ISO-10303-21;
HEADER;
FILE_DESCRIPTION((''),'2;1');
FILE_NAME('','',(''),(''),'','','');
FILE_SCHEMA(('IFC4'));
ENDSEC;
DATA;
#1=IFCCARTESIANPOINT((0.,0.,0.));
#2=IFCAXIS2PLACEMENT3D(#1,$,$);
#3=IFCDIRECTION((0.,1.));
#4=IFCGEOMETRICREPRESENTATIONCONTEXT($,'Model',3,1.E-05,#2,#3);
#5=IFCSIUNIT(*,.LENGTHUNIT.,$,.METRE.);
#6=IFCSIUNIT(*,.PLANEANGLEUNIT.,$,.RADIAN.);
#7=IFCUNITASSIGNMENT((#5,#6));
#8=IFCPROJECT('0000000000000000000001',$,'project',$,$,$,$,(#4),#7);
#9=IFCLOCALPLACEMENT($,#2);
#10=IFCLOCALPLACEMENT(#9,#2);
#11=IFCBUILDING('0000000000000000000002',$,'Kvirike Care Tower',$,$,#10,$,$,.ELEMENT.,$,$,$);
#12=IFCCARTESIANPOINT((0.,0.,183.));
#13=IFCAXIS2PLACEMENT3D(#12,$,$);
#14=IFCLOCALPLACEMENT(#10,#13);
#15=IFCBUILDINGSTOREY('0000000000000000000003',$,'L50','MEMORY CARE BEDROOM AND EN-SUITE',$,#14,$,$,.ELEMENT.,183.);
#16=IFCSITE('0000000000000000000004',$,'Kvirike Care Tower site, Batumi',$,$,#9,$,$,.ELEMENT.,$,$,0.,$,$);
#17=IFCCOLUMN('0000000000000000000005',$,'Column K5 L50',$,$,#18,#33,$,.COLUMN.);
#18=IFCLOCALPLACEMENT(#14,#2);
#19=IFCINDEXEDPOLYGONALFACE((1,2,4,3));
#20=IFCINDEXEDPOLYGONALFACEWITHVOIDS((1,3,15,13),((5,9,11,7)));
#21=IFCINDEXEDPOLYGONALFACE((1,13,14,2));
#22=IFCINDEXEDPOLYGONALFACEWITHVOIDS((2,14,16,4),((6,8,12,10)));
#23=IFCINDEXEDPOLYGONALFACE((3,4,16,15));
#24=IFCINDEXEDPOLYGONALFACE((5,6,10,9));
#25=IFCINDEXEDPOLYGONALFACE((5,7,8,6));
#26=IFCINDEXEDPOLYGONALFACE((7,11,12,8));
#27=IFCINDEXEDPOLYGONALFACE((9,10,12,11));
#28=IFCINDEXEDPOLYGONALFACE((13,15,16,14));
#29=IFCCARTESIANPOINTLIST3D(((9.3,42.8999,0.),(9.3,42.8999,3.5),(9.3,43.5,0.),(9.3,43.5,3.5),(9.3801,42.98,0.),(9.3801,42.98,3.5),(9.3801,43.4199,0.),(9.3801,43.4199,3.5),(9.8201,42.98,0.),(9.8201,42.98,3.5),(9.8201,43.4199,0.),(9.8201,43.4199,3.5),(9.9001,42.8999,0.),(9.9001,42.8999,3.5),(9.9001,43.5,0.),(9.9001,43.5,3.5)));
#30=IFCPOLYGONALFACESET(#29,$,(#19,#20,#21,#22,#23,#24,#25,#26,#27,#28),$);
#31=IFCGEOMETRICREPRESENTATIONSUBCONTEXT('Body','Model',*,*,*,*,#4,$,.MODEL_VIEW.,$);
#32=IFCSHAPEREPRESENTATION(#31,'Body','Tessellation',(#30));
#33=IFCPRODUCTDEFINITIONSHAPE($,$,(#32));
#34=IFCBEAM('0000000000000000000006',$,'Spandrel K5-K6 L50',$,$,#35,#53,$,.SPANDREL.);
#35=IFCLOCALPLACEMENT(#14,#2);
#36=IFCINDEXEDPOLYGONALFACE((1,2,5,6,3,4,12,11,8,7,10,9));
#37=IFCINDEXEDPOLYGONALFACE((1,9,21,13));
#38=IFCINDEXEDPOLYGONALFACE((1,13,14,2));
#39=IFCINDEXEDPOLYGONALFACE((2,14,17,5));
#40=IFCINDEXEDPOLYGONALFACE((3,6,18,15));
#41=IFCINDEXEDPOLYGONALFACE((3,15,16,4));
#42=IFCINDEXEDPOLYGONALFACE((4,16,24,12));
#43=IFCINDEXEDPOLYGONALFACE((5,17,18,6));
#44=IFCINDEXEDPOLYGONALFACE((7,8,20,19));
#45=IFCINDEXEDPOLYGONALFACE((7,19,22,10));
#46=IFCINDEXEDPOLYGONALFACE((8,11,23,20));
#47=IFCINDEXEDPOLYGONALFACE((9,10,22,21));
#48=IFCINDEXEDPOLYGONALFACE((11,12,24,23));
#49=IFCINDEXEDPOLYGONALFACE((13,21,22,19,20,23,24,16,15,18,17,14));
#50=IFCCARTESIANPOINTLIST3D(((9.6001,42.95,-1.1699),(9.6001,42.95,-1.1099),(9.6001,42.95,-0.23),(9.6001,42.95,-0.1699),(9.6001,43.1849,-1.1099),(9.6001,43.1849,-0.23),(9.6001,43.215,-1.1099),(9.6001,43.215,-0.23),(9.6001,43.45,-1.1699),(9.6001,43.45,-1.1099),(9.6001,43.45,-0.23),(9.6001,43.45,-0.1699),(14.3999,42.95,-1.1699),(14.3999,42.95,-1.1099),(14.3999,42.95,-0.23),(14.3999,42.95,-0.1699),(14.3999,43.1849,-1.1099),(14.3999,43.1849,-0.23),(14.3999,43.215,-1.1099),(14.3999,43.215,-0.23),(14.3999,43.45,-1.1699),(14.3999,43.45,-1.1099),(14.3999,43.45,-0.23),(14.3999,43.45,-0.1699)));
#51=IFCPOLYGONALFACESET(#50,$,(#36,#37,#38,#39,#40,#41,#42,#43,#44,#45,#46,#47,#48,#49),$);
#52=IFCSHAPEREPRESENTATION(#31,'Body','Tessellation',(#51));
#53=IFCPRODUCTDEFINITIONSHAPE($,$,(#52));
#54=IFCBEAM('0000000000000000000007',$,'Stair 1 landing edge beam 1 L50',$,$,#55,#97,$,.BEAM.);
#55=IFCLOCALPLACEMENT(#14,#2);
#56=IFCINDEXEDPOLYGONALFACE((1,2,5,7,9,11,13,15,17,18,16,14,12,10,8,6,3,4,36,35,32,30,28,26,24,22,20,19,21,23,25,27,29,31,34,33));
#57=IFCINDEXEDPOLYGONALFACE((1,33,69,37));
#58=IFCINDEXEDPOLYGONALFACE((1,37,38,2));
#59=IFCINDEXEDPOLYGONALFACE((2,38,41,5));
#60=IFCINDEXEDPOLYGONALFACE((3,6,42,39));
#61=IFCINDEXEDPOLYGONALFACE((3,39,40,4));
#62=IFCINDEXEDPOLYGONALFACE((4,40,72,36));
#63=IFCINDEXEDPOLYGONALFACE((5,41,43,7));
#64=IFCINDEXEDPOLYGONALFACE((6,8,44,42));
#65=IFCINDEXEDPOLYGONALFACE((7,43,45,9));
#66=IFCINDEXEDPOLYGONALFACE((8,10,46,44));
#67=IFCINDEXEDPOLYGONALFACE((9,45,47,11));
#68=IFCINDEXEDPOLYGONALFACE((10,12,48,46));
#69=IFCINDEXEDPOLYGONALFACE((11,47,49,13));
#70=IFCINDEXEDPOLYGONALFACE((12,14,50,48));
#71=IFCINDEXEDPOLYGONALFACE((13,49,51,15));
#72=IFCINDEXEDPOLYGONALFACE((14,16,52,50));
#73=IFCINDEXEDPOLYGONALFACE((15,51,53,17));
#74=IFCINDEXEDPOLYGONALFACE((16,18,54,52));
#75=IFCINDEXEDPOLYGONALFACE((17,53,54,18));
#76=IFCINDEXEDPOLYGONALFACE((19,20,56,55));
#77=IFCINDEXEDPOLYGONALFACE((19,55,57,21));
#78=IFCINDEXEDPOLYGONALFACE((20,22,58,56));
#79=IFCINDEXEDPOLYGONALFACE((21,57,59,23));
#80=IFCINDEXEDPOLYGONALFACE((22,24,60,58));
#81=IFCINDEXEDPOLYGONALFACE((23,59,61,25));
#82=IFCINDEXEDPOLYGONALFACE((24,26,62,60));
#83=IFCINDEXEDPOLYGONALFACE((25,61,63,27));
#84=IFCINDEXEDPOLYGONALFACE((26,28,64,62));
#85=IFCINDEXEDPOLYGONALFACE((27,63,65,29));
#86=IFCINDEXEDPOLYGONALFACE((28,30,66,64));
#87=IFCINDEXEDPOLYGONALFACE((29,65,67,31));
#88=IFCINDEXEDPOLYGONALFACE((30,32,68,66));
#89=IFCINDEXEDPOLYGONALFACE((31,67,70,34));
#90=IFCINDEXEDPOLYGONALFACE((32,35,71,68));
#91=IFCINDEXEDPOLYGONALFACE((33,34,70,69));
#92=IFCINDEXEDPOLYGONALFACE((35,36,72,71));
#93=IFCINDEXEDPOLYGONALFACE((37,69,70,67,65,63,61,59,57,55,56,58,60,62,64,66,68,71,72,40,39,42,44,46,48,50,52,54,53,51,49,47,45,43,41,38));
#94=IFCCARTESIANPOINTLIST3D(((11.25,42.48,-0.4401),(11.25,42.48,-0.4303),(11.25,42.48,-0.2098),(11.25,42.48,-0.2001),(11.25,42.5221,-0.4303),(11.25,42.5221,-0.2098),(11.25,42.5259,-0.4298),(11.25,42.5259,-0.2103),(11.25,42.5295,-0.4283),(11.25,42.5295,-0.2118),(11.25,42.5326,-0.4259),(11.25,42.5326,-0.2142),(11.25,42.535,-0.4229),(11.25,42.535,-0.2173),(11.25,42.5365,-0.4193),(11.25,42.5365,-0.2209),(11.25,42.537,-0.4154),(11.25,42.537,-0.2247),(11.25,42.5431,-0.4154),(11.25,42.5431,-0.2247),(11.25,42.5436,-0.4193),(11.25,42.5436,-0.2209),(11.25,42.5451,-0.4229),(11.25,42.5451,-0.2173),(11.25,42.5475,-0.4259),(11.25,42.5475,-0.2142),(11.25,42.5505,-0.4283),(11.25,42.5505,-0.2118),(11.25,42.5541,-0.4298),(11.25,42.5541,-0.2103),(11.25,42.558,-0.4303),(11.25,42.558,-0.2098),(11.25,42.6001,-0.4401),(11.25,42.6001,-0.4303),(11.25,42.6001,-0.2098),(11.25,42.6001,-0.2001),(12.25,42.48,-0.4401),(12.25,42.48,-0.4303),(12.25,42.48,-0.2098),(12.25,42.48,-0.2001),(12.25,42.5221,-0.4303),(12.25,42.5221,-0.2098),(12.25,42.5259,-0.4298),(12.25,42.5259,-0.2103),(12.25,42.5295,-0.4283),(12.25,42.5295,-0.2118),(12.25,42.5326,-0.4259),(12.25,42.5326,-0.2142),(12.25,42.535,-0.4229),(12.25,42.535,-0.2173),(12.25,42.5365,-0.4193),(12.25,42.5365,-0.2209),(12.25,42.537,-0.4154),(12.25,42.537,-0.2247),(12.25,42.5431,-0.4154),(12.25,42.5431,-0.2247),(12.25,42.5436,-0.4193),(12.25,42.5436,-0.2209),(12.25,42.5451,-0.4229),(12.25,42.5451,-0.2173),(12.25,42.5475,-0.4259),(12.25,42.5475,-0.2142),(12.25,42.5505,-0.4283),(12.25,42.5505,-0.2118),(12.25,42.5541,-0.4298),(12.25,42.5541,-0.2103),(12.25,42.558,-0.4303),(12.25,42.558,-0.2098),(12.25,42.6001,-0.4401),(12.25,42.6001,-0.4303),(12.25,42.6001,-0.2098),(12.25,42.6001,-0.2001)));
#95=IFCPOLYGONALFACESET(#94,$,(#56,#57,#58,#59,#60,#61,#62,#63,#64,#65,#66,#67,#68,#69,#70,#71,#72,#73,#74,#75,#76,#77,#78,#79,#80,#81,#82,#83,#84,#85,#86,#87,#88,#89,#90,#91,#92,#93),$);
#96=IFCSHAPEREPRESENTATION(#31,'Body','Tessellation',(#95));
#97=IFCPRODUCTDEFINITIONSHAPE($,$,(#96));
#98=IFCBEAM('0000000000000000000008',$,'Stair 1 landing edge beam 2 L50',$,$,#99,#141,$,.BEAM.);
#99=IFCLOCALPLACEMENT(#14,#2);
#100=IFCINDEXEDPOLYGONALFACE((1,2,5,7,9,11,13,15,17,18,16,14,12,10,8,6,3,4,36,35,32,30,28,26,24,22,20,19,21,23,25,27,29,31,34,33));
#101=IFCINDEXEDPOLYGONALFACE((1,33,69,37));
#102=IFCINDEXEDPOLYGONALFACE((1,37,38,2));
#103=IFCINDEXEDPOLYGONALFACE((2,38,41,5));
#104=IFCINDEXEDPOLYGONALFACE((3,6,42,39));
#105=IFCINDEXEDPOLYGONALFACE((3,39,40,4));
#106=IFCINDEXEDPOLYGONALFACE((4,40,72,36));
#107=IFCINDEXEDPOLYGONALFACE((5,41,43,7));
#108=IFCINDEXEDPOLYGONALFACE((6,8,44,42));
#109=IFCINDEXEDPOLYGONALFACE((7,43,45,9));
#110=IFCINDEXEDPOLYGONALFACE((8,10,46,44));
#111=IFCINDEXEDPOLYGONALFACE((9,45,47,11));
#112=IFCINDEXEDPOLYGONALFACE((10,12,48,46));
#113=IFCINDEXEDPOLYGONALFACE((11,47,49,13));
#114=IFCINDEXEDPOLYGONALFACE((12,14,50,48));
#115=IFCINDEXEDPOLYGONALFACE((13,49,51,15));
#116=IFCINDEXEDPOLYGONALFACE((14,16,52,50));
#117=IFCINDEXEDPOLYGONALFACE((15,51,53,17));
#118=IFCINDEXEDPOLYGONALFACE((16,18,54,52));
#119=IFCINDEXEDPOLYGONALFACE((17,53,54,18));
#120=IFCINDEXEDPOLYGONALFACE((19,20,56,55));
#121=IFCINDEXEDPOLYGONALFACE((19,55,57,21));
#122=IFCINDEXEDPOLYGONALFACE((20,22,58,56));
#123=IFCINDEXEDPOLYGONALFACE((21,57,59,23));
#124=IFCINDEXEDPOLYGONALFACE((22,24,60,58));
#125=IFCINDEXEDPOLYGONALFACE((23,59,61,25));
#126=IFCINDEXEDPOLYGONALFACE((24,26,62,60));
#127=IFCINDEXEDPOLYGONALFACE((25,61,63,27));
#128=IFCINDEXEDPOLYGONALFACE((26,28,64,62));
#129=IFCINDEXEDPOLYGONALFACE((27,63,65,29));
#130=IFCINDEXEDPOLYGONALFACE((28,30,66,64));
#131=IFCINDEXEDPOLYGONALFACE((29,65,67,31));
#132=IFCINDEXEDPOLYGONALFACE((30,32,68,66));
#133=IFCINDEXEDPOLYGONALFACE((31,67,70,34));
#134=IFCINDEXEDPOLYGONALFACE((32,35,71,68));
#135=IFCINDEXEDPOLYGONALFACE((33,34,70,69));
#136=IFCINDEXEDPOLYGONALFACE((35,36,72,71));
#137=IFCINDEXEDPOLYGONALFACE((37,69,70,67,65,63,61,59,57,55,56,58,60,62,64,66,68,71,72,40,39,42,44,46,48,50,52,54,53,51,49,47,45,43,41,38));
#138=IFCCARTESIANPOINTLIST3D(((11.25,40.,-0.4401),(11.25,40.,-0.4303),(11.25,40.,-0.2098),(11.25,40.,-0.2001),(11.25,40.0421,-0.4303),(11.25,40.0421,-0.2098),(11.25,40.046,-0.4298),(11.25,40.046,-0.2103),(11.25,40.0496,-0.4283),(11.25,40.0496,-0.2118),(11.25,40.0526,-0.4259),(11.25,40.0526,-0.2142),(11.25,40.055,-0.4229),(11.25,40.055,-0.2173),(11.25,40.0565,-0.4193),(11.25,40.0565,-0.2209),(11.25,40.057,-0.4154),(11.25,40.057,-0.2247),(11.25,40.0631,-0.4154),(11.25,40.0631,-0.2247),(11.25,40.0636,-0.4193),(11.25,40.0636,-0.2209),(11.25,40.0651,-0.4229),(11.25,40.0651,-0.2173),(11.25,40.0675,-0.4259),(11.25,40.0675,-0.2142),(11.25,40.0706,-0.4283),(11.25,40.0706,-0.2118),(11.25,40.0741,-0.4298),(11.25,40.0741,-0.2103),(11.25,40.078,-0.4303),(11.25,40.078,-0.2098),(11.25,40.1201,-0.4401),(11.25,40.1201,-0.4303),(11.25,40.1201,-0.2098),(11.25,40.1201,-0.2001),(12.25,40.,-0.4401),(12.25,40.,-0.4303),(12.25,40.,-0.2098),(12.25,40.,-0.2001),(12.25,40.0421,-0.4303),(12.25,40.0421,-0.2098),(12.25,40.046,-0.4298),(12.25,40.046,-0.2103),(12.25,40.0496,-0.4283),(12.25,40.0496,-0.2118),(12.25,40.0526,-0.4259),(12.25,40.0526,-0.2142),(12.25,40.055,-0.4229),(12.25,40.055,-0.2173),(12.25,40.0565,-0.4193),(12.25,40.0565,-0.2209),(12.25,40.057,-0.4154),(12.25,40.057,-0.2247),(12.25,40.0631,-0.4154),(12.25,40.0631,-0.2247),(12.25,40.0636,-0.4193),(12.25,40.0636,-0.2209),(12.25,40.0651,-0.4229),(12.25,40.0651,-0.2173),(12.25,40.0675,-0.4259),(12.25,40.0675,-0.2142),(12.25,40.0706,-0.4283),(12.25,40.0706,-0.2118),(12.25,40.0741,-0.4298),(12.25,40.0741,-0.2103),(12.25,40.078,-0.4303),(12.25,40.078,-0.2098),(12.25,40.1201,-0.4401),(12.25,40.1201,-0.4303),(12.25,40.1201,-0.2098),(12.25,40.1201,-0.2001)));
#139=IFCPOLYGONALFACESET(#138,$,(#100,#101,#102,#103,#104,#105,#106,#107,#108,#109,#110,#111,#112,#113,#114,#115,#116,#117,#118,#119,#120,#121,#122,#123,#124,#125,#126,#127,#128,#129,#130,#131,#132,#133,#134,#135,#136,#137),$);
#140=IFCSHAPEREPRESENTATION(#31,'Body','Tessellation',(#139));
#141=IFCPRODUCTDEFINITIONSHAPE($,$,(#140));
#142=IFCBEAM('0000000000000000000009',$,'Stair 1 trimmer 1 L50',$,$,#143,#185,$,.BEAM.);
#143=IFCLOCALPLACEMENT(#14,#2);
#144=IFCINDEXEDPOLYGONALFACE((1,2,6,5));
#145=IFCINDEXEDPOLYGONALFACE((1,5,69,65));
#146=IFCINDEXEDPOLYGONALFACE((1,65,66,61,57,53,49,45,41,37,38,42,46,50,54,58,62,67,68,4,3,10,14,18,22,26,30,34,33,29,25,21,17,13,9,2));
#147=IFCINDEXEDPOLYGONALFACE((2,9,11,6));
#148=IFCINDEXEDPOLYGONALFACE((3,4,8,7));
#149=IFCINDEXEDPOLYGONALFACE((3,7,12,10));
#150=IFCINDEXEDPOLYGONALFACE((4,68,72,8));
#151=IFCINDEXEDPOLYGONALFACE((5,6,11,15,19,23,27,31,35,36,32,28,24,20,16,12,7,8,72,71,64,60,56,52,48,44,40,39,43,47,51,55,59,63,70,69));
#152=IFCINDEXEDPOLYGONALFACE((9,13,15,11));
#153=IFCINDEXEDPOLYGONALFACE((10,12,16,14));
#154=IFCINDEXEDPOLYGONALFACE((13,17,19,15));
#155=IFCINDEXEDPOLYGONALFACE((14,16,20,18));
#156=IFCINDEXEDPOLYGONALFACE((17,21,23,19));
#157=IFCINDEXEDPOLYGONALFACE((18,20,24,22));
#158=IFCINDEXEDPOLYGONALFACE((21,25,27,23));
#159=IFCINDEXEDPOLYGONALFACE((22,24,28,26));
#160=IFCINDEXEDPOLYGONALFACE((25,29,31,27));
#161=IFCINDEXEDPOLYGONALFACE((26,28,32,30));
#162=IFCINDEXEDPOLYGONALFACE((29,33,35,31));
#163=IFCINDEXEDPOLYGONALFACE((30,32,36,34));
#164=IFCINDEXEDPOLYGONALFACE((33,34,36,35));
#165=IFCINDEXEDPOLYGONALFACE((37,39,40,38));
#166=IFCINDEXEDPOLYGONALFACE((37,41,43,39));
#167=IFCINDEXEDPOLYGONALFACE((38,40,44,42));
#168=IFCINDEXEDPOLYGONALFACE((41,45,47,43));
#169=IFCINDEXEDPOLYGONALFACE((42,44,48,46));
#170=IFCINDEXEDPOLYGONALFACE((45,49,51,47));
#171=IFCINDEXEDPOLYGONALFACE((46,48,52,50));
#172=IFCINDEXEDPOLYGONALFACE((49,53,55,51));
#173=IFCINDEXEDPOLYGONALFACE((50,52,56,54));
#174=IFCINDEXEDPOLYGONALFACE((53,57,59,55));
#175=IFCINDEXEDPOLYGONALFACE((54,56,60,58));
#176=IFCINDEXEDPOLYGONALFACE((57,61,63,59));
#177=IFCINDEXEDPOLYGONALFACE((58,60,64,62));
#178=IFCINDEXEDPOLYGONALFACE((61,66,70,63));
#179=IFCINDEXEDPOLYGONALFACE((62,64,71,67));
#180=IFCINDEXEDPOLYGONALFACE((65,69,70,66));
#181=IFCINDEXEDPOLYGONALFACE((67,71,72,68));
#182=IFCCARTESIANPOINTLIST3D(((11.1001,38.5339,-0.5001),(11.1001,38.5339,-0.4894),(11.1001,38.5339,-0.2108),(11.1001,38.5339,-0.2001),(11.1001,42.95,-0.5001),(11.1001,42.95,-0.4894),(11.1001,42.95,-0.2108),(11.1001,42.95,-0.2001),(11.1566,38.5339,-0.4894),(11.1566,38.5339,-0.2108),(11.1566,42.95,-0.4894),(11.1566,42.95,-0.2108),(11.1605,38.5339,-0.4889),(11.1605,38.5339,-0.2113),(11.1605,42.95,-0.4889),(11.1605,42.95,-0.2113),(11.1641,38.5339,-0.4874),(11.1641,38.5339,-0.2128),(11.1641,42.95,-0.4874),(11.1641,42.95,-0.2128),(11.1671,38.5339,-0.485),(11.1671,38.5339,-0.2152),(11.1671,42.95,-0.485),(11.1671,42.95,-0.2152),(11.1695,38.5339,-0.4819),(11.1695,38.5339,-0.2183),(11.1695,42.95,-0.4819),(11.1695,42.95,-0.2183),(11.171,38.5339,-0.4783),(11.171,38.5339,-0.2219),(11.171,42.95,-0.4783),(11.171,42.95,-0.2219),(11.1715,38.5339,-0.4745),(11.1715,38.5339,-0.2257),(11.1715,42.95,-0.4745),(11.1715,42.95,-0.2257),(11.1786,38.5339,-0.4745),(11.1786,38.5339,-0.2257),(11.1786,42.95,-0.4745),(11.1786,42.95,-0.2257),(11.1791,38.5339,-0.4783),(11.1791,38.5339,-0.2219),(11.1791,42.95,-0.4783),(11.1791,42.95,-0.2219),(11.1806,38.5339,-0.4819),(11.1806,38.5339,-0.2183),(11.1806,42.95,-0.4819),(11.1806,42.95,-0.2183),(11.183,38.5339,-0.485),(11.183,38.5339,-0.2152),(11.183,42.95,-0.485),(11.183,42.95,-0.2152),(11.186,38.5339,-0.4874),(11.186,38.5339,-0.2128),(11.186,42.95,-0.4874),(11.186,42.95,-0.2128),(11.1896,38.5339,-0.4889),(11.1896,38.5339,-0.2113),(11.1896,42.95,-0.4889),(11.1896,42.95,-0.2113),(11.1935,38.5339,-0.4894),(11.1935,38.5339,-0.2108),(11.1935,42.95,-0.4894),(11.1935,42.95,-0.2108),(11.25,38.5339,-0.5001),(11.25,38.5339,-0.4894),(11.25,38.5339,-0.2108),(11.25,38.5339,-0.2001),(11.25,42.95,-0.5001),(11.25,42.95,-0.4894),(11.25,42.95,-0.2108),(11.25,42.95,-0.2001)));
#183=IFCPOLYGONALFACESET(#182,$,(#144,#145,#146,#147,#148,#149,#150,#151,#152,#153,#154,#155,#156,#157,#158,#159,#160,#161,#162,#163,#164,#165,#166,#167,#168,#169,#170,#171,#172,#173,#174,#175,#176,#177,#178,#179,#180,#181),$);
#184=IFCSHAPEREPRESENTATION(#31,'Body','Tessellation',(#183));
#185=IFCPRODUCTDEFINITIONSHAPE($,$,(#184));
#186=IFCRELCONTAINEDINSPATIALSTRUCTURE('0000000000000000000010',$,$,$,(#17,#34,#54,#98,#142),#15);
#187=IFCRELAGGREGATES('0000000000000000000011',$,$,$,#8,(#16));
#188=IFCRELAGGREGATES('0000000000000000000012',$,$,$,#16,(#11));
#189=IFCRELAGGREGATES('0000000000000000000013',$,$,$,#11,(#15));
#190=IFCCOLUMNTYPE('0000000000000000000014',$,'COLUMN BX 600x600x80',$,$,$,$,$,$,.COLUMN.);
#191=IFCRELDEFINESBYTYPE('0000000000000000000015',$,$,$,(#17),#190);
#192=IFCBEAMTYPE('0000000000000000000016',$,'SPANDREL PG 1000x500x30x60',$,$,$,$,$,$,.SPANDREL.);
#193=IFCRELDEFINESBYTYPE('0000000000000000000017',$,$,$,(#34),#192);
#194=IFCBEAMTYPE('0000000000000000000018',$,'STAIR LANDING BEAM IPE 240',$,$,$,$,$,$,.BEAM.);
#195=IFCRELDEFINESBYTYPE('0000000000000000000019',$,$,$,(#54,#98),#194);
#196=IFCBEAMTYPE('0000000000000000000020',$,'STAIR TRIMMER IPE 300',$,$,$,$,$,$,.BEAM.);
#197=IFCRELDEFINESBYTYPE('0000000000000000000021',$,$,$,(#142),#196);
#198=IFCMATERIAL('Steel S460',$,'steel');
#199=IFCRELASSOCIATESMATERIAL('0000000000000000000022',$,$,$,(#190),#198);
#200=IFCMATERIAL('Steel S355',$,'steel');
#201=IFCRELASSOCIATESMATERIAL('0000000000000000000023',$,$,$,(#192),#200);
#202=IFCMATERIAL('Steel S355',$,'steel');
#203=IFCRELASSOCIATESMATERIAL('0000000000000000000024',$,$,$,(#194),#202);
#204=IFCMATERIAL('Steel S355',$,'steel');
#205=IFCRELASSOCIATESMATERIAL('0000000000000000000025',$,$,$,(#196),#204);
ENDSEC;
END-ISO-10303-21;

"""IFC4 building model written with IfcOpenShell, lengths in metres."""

from ifc_helpers import new_model, si_unit, direction, frame, origin, origin_2d, place, context, subcontext, project, spatial, hollow_rectangle, i_section, extrude, material, material_profile, profile_set, type_object, element, save


model = new_model("IFC4")

# Units and contexts
model_context = context("Model", 3, precision=1e-05, world=origin(), true_north=direction((0.0, 1.0)))
body_context = subcontext(model_context, "Body", "Model", "MODEL_VIEW")
ifc_project = project(units=[si_unit("LENGTHUNIT", "METRE"), si_unit("PLANEANGLEUNIT", "RADIAN")], contexts=[model_context])

# Site, building, storey
site_placement = place(None, origin())
site = spatial("IfcSite", under=ifc_project, at=site_placement, Name="Kvirike Care Tower site, Batumi", CompositionType="ELEMENT", RefElevation=0.0)
building_placement = place(site_placement, origin())
building = spatial("IfcBuilding", under=site, at=building_placement, Name="Kvirike Care Tower", CompositionType="ELEMENT")
storey_placement = place(building_placement, frame((0.0, 0.0, 183.0)))
storey = spatial("IfcBuildingStorey", under=building, at=storey_placement, Name="L50", Description="MEMORY CARE BEDROOM AND EN-SUITE", CompositionType="ELEMENT", Elevation=183.0)

# Column
ifc_material_1 = material(Name="Steel S460", Category="steel")
ifc_material_profile_1 = material_profile(ifc_material_1, hollow_rectangle(XDim=0.6001, YDim=0.6001, WallThickness=0.0801, at=origin_2d()), Name="BX 600x600x80")
ifc_profile_set_1 = profile_set([ifc_material_profile_1], Name="Steel S460")
column_type = type_object("IfcColumnType", Name="COLUMN BX 600x600x80", PredefinedType="COLUMN", material=ifc_profile_set_1)
column_placement = place(storey_placement, frame((9.6001, 43.2, 0.0), z_axis=(0.0, 0.0, 1.0), x_axis=(0.0, 1.0, 0.0)))
element("IfcColumn", 1, at=column_placement, inside=storey, type_object=column_type, Name="Column K5 L50", PredefinedType="COLUMN", context=body_context, shape_type="SweptSolid", body=[
    extrude(hollow_rectangle(XDim=0.6001, YDim=0.6001, WallThickness=0.0801, at=origin_2d()), origin(), (0.0, 0.0, 1.0), 3.5),
])

# Beams
ifc_material_2 = material(Name="Steel S355", Category="steel")
ifc_material_profile_2 = material_profile(ifc_material_2, i_section(OverallWidth=0.5, OverallDepth=1.0, WebThickness=0.03, FlangeThickness=0.0601, at=origin_2d()), Name="PG 1000x500x30x60")
ifc_profile_set_2 = profile_set([ifc_material_profile_2], Name="Steel S355")
beam_type_1 = type_object("IfcBeamType", Name="SPANDREL PG 1000x500x30x60", PredefinedType="SPANDREL", material=ifc_profile_set_2)
beam_placement = place(storey_placement, frame((9.6001, 43.2, -0.6699), z_axis=(1.0, 0.0, 0.0), x_axis=(0.0, 1.0, 0.0)))
element("IfcBeam", 2, at=beam_placement, inside=storey, type_object=beam_type_1, Name="Spandrel K5-K6 L50", PredefinedType="SPANDREL", context=body_context, shape_type="SweptSolid", body=[
    extrude(i_section(OverallWidth=0.5, OverallDepth=1.0, WebThickness=0.03, FlangeThickness=0.0601, at=origin_2d()), origin(), (0.0, 0.0, 1.0), 4.7998),
])
ifc_material_3 = material(Name="Steel S355", Category="steel")
ifc_material_profile_3 = material_profile(ifc_material_3, i_section(OverallWidth=0.1201, OverallDepth=0.24, WebThickness=0.0061, FlangeThickness=0.0098, FilletRadius=0.0149, at=origin_2d()), Name="IPE 240")
ifc_profile_set_3 = profile_set([ifc_material_profile_3], Name="Steel S355")
beam_type_2 = type_object("IfcBeamType", Name="STAIR LANDING BEAM IPE 240", PredefinedType="BEAM", material=ifc_profile_set_3)
for number, where, z_axis, x_axis, name in (
    (3, (11.25, 42.54, -0.3201), (1.0, 0.0, 0.0), (0.0, 1.0, 0.0), "Stair 1 landing edge beam 1 L50"),
    (4, (11.25, 40.0601, -0.3201), (1.0, 0.0, 0.0), (0.0, 1.0, 0.0), "Stair 1 landing edge beam 2 L50"),
):
    element("IfcBeam", number, at=place(storey_placement, frame(where, z_axis=z_axis, x_axis=x_axis)), inside=storey, type_object=beam_type_2, Name=name, PredefinedType="BEAM", context=body_context, shape_type="SweptSolid", body=[
        extrude(i_section(OverallWidth=0.1201, OverallDepth=0.24, WebThickness=0.0061, FlangeThickness=0.0098, FilletRadius=0.0149, at=origin_2d()), origin(), (0.0, 0.0, 1.0), 1.0),
    ])
ifc_material_4 = material(Name="Steel S355", Category="steel")
ifc_material_profile_4 = material_profile(ifc_material_4, i_section(OverallWidth=0.1499, OverallDepth=0.3, WebThickness=0.0071, FlangeThickness=0.0107, FilletRadius=0.0149, at=origin_2d()), Name="IPE 300")
ifc_profile_set_4 = profile_set([ifc_material_profile_4], Name="Steel S355")
beam_type_3 = type_object("IfcBeamType", Name="STAIR TRIMMER IPE 300", PredefinedType="BEAM", material=ifc_profile_set_4)
for number, where, z_axis, x_axis, name in (
    (5, (11.175, 42.95, -0.3501), (0.0, -1.0, 0.0), (1.0, 0.0, 0.0), "Stair 1 trimmer 1 L50"),
):
    element("IfcBeam", number, at=place(storey_placement, frame(where, z_axis=z_axis, x_axis=x_axis)), inside=storey, type_object=beam_type_3, Name=name, PredefinedType="BEAM", context=body_context, shape_type="SweptSolid", body=[
        extrude(i_section(OverallWidth=0.1499, OverallDepth=0.3, WebThickness=0.0071, FlangeThickness=0.0107, FilletRadius=0.0149, at=origin_2d()), origin(), (0.0, 0.0, 1.0), 4.416),
    ])

save(model, "model.ifc")
